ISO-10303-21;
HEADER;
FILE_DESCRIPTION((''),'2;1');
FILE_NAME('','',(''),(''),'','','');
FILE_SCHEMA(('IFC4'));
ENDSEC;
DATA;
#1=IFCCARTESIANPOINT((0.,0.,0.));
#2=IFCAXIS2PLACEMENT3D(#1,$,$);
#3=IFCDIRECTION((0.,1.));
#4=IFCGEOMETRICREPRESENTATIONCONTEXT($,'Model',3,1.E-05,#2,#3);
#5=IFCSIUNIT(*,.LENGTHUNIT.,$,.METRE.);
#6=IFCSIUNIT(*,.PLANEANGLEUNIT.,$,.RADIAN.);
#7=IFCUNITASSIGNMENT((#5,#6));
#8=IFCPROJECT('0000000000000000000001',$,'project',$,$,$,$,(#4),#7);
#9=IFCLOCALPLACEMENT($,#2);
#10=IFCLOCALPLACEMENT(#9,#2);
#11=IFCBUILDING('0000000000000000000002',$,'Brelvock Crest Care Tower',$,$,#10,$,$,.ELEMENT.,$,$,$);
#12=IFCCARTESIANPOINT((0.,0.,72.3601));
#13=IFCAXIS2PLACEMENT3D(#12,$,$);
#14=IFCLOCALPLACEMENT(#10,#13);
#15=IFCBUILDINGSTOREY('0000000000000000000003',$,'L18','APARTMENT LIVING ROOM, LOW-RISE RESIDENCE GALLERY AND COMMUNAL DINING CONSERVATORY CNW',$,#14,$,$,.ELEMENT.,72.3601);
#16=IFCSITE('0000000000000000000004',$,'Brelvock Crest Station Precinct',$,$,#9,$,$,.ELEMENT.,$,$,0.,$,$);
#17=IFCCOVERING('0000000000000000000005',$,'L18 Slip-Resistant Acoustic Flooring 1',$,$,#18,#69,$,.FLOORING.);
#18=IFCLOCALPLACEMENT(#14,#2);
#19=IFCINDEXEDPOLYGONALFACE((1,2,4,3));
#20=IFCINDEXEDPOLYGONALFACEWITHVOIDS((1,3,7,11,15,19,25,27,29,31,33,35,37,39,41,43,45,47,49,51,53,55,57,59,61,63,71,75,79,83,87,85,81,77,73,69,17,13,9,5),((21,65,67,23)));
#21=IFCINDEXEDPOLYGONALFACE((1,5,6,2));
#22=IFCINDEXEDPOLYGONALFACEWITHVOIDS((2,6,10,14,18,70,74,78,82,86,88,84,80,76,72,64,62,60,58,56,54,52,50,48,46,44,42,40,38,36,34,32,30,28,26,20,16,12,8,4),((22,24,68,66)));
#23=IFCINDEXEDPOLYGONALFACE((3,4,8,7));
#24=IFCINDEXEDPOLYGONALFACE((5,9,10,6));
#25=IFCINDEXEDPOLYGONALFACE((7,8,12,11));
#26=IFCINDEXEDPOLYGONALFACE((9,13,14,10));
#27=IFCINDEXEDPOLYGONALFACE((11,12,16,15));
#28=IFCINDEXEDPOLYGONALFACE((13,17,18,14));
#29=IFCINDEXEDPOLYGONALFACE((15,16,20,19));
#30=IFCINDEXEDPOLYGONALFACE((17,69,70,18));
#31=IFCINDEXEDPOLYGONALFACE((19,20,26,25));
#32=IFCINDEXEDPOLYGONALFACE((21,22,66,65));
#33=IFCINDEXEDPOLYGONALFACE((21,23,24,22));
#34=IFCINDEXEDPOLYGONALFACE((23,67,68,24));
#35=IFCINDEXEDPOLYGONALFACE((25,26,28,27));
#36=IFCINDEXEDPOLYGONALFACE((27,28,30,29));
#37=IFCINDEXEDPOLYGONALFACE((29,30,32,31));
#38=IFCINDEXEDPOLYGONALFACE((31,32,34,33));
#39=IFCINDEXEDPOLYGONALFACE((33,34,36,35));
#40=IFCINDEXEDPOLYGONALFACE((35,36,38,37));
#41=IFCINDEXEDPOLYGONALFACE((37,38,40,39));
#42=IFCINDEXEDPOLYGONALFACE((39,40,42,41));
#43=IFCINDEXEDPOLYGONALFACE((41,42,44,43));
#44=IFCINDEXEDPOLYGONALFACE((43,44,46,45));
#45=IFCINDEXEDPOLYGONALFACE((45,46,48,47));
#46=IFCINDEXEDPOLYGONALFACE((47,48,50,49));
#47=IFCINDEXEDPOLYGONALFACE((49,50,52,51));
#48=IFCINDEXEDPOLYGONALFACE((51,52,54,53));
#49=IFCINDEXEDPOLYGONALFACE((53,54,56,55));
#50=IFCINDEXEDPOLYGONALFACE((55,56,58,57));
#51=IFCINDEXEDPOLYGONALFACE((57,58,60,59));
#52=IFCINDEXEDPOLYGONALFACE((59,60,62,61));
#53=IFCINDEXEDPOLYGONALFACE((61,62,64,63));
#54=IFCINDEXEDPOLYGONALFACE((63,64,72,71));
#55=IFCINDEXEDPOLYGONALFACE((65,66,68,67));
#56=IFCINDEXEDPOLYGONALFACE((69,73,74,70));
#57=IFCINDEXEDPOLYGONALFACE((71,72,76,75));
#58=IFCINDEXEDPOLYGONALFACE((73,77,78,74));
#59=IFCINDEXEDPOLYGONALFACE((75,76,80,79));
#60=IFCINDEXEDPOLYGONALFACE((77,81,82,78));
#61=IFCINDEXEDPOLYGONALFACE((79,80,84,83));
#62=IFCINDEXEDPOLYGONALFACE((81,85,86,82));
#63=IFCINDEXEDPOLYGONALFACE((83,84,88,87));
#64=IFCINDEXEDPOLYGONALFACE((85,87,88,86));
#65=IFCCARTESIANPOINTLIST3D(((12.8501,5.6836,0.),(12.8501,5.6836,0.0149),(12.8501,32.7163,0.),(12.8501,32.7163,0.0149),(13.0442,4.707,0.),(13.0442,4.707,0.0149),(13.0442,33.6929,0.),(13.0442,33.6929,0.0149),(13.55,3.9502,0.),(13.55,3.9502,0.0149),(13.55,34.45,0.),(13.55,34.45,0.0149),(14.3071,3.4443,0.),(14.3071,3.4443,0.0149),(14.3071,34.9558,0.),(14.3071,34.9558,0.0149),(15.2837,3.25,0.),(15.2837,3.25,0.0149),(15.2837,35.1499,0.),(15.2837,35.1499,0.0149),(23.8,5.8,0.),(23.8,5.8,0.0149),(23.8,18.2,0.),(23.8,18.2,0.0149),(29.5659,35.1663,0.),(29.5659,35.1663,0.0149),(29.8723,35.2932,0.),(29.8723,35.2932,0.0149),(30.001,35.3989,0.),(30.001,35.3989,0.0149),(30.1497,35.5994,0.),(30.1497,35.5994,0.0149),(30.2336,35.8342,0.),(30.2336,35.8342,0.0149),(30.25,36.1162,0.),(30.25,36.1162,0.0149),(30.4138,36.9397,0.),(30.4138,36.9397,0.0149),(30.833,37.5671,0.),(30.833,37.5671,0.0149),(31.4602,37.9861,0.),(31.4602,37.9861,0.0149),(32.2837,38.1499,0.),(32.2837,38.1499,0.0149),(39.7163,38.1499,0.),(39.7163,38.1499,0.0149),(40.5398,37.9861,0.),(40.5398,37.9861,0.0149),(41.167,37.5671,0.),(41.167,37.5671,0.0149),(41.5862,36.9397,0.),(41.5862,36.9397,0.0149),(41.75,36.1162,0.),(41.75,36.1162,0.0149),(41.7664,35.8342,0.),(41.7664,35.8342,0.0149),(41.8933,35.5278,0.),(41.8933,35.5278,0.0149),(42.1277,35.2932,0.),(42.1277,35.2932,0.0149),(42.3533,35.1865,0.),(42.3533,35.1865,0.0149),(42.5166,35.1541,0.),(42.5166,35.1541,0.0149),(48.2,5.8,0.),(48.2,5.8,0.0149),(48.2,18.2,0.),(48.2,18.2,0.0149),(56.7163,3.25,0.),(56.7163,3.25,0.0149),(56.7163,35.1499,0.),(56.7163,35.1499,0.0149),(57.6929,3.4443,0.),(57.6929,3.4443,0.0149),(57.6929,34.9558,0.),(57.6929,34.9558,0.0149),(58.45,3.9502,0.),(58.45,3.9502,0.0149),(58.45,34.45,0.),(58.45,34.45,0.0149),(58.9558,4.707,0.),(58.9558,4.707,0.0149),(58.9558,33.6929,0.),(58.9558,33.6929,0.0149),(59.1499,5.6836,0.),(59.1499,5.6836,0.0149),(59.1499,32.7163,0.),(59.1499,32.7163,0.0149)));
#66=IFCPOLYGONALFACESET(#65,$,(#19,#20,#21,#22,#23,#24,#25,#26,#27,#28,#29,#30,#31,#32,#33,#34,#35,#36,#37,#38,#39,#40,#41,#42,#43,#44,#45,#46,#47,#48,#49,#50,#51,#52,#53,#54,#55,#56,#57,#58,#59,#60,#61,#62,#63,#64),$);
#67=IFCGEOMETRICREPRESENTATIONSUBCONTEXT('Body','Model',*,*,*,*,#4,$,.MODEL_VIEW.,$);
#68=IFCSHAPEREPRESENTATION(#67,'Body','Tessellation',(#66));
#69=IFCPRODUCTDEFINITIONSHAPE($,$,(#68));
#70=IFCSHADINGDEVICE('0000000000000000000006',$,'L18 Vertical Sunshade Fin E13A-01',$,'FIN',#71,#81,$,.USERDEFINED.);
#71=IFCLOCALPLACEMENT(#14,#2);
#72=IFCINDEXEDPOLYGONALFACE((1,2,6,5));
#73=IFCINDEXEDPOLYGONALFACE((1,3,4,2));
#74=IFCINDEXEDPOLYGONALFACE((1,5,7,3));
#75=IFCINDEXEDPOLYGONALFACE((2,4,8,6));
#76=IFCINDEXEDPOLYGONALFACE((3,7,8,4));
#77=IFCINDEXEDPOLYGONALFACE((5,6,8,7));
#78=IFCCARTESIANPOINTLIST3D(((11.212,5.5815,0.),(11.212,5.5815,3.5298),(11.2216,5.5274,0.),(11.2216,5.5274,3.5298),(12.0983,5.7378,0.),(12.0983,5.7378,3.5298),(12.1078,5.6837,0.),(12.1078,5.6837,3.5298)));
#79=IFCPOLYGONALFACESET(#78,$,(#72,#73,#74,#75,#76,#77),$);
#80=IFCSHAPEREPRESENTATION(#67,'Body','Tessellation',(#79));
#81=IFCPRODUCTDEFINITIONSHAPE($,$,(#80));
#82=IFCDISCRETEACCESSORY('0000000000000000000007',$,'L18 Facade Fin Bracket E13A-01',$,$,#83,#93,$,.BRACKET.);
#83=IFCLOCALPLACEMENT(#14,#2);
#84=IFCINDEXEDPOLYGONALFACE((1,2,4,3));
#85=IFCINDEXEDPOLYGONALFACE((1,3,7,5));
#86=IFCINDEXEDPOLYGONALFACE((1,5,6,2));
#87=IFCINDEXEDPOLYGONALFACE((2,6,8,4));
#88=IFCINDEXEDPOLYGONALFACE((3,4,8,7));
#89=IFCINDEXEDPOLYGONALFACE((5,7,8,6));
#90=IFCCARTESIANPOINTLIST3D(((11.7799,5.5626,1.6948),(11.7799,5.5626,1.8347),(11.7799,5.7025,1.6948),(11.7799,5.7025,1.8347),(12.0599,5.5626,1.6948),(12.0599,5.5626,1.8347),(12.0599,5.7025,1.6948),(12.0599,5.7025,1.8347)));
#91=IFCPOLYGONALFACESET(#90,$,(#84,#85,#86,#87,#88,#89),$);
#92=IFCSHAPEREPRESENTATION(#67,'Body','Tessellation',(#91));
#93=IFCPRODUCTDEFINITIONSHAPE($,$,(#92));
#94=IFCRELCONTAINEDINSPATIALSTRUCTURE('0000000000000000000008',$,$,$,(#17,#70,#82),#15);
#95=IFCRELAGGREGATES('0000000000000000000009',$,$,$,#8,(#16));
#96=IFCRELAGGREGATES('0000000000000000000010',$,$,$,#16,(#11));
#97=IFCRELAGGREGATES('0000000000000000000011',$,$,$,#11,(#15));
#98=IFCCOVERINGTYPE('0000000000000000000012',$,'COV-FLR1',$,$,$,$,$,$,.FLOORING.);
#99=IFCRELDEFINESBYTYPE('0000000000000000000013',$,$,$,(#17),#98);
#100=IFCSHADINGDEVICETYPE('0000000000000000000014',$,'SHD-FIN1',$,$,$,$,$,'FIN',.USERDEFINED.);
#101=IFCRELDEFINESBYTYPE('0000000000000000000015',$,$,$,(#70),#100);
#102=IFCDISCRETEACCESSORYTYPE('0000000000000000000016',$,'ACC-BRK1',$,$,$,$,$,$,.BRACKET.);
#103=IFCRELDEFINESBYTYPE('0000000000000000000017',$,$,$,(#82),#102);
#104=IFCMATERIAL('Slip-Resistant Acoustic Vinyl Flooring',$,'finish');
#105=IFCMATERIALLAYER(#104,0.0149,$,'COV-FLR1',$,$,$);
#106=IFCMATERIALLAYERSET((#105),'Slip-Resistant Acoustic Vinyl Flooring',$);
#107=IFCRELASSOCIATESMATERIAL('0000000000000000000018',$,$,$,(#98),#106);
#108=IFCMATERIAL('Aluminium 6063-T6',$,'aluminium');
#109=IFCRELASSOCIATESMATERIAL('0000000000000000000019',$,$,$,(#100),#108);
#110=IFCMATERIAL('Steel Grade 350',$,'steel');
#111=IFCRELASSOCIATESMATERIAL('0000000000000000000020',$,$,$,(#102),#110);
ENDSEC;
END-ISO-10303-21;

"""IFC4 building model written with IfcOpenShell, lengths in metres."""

from ifc_helpers import new_model, si_unit, direction, frame, origin, origin_2d, place, context, subcontext, project, spatial, polyline, rectangle, outline, extrude, source, transform, mapped, material, layer, layer_set, material_profile, profile_set, type_object, element, save


model = new_model("IFC4")

# Units and contexts
model_context = context("Model", 3, precision=1e-05, world=origin(), true_north=direction((0.0, 1.0)))
body_context = subcontext(model_context, "Body", "Model", "MODEL_VIEW")
ifc_project = project(units=[si_unit("LENGTHUNIT", "METRE"), si_unit("PLANEANGLEUNIT", "RADIAN")], contexts=[model_context])

# Site, building, storey
site_placement = place(None, origin())
site = spatial("IfcSite", under=ifc_project, at=site_placement, Name="Brelvock Crest Station Precinct", CompositionType="ELEMENT", RefElevation=0.0)
building_placement = place(site_placement, origin())
building = spatial("IfcBuilding", under=site, at=building_placement, Name="Brelvock Crest Care Tower", CompositionType="ELEMENT")
storey_placement = place(building_placement, frame((0.0, 0.0, 72.3601)))
storey = spatial("IfcBuildingStorey", under=building, at=storey_placement, Name="L18", Description="APARTMENT LIVING ROOM, LOW-RISE RESIDENCE GALLERY AND COMMUNAL DINING CONSERVATORY CNW", CompositionType="ELEMENT", Elevation=72.3601)

# Shared definitions
ifc_material_1 = material(Name="Aluminium 6063-T6", Category="aluminium")

# Covering
ifc_material_2 = material(Name="Slip-Resistant Acoustic Vinyl Flooring", Category="finish")
ifc_layer_1 = layer(ifc_material_2, 0.0149, Name="COV-FLR1")
ifc_layer_set_1 = layer_set([ifc_layer_1], Name="Slip-Resistant Acoustic Vinyl Flooring")
covering_type_1 = type_object("IfcCoveringType", Name="COV-FLR1", PredefinedType="FLOORING", material=ifc_layer_set_1)
covering_1_placement = place(storey_placement, origin())
element("IfcCovering", 1, at=covering_1_placement, inside=storey, type_object=covering_type_1, Name="L18 Slip-Resistant Acoustic Flooring 1", PredefinedType="FLOORING", context=body_context, shape_type="SweptSolid", body=[
    extrude(outline(polyline([(56.7163, 35.1499), (42.5166, 35.1541), (42.3533, 35.1865), (42.1277, 35.2932), (41.8933, 35.5278), (41.7664, 35.8342), (41.75, 36.1162), (41.5862, 36.9397), (41.167, 37.5671), (40.5398, 37.9861), (39.7163, 38.1499), (32.2837, 38.1499), (31.4602, 37.9861), (30.833, 37.5671), (30.4138, 36.9397), (30.25, 36.1162), (30.2336, 35.8342), (30.1497, 35.5994), (30.001, 35.3989), (29.8723, 35.2932), (29.5659, 35.1663), (15.2837, 35.1499), (14.3071, 34.9558), (13.55, 34.45), (13.0442, 33.6929), (12.8501, 32.7163), (12.8501, 5.6836), (13.0442, 4.707), (13.55, 3.9502), (14.3071, 3.4443), (15.2837, 3.25), (56.7163, 3.25), (57.6929, 3.4443), (58.45, 3.9502), (58.9558, 4.707), (59.1499, 5.6836), (59.1499, 32.7163), (58.9558, 33.6929), (58.45, 34.45), (57.6929, 34.9558), (56.7163, 35.1499)]), holes=[polyline([(48.2, 5.8), (48.2, 18.2), (23.8, 18.2), (23.8, 5.8), (48.2, 5.8)])]), origin(), (0.0, 0.0, 1.0), 0.0149),
])

# Shading device
ifc_material_profile_1 = material_profile(ifc_material_1, rectangle(XDim=0.0549, YDim=0.8999, at=origin_2d()), Name="FIN55x900")
ifc_profile_set_1 = profile_set([ifc_material_profile_1], Name="Aluminium 6063-T6")
shading_device_type = type_object("IfcShadingDeviceType", Name="SHD-FIN1", ElementType="FIN", PredefinedType="USERDEFINED", material=ifc_profile_set_1)
shared_shape_1 = source(origin(), body_context, "Body", "SweptSolid", [
    extrude(rectangle(XDim=0.0549, YDim=0.8999, at=origin_2d()), origin(), (0.0, 0.0, 1.0), 3.5298),
])
shading_device_placement = place(storey_placement, frame((11.6599, 5.6326, 0.0), z_axis=(0.0, 0.0, 1.0), x_axis=(-0.173648, 0.984808, 0.0)))
element("IfcShadingDevice", 2, at=shading_device_placement, inside=storey, type_object=shading_device_type, Name="L18 Vertical Sunshade Fin E13A-01", ObjectType="FIN", PredefinedType="USERDEFINED", context=body_context, shape_type="MappedRepresentation", body=[
    mapped(shared_shape_1, transform((0.0, 0.0, 0.0), x_axis=(1.0, 0.0, 0.0), y_axis=(0.0, 1.0, 0.0), z_axis=(0.0, 0.0, 1.0), scale=1.0)),
])

# Discrete accessory
ifc_material_3 = material(Name="Steel Grade 350", Category="steel")
discrete_accessory_type = type_object("IfcDiscreteAccessoryType", Name="ACC-BRK1", PredefinedType="BRACKET", material=ifc_material_3)
shared_shape_2 = source(origin(), body_context, "Body", "SweptSolid", [
    extrude(rectangle(XDim=0.28, YDim=0.1399, at=origin_2d()), origin(), (0.0, 0.0, 1.0), 0.1399),
])
discrete_accessory_placement = place(storey_placement, frame((11.9199, 5.6326, 1.6948), z_axis=(0.0, 0.0, 1.0), x_axis=(-1.0, 0.0, 0.0)))
element("IfcDiscreteAccessory", 3, at=discrete_accessory_placement, inside=storey, type_object=discrete_accessory_type, Name="L18 Facade Fin Bracket E13A-01", PredefinedType="BRACKET", context=body_context, shape_type="MappedRepresentation", body=[
    mapped(shared_shape_2, transform((0.0, 0.0, 0.0), x_axis=(1.0, 0.0, 0.0), y_axis=(0.0, 1.0, 0.0), z_axis=(0.0, 0.0, 1.0), scale=1.0)),
])

save(model, "model.ifc")
